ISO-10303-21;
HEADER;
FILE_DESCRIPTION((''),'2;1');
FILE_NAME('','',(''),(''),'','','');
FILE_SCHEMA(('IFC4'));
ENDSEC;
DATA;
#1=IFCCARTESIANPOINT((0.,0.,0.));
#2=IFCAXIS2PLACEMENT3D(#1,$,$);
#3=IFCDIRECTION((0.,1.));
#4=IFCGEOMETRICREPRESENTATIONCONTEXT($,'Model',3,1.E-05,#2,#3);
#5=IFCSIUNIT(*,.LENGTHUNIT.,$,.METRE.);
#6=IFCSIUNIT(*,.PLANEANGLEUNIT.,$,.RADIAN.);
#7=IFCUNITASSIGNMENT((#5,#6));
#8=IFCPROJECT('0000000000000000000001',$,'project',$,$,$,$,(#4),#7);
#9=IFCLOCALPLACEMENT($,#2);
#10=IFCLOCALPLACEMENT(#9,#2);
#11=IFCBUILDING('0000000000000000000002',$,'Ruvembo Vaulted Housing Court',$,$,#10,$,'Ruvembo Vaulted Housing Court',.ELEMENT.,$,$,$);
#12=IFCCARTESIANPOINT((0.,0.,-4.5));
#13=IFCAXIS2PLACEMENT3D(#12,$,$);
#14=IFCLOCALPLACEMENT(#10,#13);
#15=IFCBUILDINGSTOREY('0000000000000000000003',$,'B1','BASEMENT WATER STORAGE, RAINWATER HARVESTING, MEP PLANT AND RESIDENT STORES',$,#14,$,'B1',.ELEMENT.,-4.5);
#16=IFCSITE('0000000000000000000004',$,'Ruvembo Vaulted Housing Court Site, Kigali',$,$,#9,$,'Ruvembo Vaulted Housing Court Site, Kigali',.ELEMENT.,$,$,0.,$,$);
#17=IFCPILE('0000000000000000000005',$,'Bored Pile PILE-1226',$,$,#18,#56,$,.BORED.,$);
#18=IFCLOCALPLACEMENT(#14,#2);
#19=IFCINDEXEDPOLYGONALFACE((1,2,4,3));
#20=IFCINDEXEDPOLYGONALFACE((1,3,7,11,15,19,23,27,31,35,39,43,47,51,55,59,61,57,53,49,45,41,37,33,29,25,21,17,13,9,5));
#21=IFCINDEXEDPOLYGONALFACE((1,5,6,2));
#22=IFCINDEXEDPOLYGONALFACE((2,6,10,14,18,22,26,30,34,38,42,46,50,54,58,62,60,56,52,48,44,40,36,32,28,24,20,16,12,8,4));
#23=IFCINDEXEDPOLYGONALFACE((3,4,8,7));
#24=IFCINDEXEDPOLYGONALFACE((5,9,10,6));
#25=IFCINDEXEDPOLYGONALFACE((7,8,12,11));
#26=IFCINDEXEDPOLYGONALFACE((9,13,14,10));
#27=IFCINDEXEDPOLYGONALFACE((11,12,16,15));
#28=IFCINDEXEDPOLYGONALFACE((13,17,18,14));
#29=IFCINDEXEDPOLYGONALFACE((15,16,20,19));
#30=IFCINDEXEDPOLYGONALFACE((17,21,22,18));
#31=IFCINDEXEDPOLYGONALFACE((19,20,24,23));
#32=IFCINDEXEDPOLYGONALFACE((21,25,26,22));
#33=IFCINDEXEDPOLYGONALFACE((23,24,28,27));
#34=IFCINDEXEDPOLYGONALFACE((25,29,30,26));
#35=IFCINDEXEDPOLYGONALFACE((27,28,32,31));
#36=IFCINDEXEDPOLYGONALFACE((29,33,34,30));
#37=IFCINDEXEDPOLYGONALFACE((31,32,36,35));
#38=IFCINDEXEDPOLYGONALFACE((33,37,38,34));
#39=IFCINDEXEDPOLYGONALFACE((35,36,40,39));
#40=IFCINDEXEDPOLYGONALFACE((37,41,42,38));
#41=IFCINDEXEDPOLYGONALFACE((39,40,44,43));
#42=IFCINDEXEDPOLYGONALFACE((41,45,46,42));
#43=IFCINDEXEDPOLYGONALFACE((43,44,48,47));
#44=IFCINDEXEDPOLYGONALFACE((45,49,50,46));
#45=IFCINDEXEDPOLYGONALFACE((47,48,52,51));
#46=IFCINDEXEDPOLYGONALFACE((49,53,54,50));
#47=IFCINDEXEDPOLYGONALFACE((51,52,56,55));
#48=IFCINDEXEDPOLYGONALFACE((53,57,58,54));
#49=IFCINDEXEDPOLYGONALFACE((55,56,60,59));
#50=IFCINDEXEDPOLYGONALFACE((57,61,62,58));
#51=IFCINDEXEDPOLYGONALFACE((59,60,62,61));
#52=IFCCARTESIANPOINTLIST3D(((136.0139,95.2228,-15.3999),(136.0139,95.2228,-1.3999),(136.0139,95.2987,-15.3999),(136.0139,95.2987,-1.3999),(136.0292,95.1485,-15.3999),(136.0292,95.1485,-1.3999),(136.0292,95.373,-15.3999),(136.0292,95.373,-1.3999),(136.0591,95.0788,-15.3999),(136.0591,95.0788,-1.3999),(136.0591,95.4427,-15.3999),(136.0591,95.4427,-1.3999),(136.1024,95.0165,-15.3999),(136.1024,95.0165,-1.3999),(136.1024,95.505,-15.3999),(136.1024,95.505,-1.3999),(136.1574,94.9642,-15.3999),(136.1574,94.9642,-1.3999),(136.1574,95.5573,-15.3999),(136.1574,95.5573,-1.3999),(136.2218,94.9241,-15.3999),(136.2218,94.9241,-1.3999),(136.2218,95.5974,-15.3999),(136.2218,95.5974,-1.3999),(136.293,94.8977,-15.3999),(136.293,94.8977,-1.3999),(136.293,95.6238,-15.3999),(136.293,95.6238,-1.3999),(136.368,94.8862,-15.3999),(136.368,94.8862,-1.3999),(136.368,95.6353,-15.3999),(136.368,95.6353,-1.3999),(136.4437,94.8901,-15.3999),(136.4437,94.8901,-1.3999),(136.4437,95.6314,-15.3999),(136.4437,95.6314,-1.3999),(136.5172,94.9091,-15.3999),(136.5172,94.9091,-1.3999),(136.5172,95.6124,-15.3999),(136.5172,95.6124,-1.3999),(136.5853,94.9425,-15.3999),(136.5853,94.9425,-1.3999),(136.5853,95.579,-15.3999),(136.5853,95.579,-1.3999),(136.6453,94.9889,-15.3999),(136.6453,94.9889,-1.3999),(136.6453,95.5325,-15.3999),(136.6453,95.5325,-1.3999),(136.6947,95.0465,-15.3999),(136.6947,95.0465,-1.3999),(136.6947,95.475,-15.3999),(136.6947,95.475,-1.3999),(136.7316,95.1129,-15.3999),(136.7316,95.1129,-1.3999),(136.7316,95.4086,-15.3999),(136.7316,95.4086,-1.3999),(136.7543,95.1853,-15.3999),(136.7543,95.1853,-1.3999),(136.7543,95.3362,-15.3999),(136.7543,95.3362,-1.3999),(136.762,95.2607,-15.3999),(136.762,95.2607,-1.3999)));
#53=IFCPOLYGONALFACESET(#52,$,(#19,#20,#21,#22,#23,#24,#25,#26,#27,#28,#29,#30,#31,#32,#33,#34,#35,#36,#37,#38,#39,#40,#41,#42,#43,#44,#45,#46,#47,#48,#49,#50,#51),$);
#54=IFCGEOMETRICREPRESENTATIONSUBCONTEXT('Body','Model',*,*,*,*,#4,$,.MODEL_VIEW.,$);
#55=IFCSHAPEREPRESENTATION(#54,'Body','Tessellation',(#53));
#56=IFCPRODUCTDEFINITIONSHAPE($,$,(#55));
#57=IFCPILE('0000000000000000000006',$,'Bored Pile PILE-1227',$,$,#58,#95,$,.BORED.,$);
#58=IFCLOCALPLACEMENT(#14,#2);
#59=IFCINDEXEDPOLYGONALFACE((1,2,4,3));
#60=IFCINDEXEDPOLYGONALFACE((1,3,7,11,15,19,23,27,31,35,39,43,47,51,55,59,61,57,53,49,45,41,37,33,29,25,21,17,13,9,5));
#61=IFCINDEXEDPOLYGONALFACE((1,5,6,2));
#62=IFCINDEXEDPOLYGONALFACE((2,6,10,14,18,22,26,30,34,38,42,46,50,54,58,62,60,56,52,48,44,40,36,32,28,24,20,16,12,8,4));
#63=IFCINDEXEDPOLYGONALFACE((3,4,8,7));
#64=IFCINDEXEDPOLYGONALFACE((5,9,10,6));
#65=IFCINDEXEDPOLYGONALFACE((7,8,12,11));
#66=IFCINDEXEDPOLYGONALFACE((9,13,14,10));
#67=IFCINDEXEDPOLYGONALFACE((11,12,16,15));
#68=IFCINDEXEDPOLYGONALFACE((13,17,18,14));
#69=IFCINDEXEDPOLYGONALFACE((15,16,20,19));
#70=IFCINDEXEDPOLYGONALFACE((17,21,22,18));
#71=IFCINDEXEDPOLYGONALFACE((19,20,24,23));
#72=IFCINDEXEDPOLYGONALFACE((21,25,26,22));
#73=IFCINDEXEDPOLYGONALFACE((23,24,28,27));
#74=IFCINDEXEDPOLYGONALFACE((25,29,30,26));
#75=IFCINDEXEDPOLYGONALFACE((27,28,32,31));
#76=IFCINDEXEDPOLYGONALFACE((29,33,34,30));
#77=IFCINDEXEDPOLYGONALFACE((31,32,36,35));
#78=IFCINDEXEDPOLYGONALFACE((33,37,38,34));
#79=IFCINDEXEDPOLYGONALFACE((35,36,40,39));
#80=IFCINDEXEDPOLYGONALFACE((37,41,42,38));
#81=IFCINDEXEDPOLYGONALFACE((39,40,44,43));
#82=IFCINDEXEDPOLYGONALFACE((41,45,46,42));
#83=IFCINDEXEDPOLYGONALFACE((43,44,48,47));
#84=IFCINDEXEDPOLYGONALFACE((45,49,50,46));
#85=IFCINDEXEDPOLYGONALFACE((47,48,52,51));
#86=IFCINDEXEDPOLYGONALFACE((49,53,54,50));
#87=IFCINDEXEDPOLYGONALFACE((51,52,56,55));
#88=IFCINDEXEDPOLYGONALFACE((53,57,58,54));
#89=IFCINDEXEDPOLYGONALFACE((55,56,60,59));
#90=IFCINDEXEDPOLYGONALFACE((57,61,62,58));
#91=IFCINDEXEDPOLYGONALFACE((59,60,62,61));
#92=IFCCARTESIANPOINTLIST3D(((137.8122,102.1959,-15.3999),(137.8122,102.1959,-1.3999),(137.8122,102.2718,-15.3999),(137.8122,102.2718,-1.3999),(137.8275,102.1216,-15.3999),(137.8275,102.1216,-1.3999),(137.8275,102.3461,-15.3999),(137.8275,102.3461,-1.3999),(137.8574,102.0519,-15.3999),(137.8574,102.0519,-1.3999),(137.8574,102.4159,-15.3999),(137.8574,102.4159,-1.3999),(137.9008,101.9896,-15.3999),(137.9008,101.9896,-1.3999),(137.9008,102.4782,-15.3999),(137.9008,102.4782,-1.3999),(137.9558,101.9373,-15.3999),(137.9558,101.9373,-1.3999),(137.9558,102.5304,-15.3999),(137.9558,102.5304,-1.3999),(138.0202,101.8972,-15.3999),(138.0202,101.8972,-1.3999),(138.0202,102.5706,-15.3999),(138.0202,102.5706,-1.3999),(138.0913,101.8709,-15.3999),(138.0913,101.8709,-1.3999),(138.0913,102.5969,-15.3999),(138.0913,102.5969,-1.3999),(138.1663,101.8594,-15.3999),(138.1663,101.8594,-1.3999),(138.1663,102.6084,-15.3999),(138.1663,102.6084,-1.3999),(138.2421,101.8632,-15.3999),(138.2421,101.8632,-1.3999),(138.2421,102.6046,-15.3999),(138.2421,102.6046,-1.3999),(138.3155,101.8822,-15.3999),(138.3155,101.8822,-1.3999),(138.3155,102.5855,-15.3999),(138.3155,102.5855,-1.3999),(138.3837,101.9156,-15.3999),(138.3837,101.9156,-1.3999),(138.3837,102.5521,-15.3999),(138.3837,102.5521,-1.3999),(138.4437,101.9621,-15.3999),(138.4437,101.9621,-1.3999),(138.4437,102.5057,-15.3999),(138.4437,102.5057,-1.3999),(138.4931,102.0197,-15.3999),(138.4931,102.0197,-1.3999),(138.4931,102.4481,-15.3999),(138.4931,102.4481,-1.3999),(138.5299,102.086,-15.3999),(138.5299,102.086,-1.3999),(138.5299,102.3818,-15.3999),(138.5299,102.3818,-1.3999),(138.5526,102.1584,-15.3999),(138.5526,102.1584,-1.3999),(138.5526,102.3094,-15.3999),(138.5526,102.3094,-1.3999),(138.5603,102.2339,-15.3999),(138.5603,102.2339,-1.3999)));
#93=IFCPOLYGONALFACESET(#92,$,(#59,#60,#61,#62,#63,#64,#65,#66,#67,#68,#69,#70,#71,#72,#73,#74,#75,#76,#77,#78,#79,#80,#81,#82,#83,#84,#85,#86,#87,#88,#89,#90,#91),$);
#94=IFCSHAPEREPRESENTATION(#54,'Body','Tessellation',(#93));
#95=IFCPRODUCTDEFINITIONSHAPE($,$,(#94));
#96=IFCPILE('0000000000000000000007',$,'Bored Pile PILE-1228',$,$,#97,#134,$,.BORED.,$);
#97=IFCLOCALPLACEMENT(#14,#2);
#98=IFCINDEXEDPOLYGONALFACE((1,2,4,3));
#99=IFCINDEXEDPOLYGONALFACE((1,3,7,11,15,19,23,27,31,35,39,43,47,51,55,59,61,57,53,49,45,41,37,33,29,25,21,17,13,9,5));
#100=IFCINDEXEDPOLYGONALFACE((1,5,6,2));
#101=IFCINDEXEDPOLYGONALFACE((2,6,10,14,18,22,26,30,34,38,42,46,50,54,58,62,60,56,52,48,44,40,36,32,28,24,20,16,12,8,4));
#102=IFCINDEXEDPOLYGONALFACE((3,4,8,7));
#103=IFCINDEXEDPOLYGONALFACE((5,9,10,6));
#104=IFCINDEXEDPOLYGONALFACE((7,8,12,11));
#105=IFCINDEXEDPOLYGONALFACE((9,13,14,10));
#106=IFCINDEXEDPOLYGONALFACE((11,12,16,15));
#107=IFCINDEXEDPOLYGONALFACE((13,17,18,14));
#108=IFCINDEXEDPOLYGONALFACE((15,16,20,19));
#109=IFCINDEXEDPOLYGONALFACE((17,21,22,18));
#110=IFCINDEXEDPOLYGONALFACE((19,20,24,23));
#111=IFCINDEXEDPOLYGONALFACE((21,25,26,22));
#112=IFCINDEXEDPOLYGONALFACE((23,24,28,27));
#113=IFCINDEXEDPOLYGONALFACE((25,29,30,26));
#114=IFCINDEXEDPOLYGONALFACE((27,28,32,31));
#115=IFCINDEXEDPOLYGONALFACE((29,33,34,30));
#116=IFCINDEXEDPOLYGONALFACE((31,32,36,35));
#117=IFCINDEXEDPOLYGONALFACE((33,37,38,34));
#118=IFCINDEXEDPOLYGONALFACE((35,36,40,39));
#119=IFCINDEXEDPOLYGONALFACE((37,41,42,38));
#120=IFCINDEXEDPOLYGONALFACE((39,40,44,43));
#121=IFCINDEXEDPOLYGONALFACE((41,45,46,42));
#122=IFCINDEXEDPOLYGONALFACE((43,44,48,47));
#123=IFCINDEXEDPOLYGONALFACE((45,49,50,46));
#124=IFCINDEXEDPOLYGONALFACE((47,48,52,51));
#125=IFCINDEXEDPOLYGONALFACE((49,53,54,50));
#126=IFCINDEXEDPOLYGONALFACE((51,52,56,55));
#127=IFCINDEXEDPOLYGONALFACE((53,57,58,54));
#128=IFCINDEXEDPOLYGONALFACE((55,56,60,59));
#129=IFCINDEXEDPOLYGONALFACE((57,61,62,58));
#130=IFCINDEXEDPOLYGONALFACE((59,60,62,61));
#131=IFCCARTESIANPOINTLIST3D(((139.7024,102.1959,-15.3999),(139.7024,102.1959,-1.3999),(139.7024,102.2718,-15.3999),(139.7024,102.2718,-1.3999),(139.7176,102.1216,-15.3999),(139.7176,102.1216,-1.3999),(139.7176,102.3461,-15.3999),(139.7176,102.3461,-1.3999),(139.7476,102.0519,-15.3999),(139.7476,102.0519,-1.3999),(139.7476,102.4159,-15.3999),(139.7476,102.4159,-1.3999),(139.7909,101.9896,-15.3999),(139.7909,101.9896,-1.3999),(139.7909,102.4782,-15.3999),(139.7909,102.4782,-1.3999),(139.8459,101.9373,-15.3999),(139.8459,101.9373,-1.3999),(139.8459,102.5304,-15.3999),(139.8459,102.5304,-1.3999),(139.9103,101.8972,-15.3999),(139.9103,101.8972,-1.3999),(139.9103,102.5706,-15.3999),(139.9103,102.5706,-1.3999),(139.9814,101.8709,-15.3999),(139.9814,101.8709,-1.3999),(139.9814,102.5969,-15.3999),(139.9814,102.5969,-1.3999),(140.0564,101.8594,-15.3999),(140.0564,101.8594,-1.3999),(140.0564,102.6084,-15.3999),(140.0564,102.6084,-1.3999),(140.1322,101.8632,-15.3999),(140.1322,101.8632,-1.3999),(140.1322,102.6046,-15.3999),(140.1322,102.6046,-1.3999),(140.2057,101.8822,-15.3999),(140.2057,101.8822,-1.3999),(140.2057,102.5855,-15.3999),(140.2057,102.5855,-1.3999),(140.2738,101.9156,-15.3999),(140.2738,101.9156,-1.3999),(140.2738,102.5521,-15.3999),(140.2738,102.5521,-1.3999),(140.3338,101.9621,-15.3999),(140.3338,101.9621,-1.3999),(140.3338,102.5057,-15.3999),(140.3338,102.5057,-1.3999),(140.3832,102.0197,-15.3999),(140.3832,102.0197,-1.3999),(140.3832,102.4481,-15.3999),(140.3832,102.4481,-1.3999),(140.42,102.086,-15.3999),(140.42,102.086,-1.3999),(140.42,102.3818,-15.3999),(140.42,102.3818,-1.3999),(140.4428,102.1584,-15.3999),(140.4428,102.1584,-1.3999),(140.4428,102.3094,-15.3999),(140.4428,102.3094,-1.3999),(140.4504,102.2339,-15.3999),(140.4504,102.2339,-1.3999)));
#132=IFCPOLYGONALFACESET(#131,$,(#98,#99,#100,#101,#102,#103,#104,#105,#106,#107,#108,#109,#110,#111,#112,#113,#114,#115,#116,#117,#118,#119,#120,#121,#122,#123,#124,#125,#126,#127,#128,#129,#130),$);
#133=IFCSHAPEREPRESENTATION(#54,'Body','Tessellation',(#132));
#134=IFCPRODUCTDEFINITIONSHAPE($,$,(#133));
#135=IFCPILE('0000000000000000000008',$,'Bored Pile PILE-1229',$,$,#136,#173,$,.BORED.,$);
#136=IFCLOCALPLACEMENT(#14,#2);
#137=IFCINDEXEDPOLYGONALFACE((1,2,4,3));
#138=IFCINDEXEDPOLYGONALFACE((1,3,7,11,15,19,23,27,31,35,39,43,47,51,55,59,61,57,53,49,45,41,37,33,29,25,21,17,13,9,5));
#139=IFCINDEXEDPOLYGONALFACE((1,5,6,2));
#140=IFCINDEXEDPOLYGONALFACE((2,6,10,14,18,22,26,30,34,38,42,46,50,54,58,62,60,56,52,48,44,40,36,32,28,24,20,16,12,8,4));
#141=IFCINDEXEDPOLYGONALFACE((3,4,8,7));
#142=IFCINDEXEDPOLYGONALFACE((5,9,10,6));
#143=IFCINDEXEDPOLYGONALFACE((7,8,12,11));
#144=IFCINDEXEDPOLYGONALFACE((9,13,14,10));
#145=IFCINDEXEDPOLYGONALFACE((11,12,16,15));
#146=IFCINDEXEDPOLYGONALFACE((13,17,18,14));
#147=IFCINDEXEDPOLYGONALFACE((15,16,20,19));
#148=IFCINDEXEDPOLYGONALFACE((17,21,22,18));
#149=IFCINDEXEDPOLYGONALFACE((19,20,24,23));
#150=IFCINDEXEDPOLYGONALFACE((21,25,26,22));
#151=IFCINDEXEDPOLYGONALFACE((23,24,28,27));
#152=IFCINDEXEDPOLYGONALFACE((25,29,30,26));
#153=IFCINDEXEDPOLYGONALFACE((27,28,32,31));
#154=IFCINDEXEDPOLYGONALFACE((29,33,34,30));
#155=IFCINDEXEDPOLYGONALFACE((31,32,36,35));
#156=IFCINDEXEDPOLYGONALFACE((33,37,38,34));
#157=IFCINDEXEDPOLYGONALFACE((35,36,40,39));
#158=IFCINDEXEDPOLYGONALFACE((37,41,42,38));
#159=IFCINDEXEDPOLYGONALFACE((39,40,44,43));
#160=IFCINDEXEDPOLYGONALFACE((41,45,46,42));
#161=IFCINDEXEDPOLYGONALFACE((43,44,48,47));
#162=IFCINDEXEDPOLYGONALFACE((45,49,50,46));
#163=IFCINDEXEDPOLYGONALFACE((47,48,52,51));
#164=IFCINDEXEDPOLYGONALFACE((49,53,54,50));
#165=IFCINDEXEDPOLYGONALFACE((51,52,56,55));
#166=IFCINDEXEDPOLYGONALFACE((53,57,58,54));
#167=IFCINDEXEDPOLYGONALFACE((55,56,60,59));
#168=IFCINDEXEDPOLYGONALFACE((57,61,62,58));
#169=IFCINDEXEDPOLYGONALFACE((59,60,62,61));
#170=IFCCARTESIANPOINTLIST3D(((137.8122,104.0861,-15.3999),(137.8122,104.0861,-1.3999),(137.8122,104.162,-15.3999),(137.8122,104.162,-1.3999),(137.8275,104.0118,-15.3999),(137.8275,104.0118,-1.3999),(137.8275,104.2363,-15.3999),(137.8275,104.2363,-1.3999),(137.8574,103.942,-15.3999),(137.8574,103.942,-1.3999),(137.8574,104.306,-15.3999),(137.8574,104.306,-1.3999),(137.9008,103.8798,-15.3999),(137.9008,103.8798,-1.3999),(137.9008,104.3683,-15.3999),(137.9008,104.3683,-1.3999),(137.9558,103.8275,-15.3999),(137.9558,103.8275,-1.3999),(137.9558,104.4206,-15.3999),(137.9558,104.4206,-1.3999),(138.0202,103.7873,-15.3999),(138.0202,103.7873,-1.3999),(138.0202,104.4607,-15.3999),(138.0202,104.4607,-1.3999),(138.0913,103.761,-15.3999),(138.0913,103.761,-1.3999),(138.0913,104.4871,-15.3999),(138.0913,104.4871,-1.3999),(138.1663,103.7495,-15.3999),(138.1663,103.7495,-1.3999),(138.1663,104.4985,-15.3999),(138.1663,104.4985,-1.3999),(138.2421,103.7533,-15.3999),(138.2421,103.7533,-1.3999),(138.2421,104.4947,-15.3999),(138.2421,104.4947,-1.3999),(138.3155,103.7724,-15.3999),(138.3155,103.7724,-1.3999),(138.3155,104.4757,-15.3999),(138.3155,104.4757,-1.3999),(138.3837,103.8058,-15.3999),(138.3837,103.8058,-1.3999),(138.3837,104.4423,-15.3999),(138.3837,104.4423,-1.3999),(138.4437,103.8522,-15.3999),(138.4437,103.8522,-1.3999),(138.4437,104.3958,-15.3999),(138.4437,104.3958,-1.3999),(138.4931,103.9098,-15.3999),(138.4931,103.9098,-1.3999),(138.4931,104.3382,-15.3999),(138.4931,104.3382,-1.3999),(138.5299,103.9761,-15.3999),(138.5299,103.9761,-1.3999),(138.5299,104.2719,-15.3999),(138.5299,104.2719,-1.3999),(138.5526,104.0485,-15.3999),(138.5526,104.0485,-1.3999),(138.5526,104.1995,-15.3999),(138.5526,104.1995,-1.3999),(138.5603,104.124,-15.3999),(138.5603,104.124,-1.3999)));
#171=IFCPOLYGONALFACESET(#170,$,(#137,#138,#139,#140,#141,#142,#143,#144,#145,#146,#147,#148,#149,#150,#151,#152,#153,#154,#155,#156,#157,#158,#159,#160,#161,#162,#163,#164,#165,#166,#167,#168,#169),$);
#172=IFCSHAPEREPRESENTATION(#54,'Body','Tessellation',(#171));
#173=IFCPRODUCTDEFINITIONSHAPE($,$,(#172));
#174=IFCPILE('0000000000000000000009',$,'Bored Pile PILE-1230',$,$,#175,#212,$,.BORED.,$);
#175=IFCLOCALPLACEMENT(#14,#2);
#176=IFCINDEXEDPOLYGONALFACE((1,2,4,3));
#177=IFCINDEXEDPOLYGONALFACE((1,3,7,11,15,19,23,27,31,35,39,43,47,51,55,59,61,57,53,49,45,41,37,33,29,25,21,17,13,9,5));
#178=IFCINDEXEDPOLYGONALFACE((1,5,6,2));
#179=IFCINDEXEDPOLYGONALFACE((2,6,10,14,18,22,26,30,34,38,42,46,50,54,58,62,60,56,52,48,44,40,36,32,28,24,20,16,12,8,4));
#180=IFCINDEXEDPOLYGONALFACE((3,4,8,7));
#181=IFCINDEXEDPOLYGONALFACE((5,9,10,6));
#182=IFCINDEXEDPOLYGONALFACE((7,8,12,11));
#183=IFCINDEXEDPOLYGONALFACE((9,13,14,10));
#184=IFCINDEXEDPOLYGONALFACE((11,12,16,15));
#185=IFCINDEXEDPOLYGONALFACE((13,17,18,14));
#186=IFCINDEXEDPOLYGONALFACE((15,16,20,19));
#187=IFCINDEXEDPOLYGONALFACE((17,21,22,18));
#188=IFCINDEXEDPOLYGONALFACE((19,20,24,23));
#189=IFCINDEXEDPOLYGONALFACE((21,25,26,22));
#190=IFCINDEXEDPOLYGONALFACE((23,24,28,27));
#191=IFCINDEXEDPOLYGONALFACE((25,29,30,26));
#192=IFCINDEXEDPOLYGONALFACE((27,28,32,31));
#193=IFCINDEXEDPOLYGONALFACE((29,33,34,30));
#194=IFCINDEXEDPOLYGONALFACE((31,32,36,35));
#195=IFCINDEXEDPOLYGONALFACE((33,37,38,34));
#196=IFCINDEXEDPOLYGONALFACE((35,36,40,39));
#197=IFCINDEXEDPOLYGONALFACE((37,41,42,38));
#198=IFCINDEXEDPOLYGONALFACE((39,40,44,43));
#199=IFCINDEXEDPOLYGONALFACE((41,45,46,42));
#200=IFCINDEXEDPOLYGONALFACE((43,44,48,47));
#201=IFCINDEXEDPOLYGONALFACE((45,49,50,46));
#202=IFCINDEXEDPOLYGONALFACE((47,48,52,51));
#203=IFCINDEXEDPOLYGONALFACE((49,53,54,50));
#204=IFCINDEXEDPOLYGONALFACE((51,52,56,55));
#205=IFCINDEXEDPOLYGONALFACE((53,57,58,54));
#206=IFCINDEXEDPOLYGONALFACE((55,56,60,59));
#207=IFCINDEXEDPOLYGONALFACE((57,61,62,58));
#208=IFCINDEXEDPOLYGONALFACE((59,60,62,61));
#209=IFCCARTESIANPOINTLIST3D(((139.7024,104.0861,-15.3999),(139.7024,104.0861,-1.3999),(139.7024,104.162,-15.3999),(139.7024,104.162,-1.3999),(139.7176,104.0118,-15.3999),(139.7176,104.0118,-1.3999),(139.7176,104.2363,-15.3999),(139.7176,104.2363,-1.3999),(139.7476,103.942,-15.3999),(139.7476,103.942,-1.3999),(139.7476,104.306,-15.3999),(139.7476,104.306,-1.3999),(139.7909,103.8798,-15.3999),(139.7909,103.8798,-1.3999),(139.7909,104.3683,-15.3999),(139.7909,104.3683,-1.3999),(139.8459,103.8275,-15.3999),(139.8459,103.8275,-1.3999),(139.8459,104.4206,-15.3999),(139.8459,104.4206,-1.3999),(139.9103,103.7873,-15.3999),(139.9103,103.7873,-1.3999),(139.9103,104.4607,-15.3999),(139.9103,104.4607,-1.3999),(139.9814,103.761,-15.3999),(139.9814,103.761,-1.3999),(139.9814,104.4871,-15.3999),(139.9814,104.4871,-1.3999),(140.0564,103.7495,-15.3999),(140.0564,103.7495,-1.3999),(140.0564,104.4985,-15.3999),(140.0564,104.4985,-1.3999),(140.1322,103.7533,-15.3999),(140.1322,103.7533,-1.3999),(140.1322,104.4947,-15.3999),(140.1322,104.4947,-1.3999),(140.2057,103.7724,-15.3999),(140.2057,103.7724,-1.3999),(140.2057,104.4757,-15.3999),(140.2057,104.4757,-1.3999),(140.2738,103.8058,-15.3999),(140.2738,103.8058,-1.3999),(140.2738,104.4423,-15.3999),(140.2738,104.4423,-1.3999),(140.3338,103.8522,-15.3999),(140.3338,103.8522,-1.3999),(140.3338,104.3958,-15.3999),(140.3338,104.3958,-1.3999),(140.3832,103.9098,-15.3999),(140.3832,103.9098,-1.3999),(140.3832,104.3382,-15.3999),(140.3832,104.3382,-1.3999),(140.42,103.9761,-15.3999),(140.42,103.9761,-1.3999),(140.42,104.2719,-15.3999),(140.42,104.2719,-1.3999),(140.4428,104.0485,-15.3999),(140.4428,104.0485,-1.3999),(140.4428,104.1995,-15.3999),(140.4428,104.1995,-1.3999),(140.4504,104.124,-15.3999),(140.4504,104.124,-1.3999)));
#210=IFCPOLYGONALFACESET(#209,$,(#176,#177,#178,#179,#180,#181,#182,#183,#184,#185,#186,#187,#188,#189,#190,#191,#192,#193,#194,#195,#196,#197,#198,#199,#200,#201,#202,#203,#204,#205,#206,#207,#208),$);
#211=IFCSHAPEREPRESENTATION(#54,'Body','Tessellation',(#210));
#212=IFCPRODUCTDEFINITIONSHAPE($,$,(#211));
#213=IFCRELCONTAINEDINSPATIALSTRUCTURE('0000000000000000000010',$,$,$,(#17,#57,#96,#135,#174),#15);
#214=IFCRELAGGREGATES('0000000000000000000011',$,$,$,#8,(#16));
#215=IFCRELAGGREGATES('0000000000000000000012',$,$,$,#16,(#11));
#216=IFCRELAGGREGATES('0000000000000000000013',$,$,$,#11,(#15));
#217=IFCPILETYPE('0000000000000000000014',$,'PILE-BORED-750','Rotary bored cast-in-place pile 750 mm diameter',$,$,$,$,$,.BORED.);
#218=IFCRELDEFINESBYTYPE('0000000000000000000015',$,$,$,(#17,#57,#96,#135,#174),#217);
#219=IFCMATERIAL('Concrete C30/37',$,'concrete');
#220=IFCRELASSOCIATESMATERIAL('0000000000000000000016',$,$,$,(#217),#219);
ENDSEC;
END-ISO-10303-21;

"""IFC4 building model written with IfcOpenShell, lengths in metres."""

from ifc_helpers import new_model, si_unit, direction, frame, origin, origin_2d, place, context, subcontext, project, spatial, circle, extrude, material, material_profile, profile_set, type_object, element, save


model = new_model("IFC4")

# Units and contexts
model_context = context("Model", 3, precision=1e-05, world=origin(), true_north=direction((0.0, 1.0)))
body_context = subcontext(model_context, "Body", "Model", "MODEL_VIEW")
ifc_project = project(units=[si_unit("LENGTHUNIT", "METRE"), si_unit("PLANEANGLEUNIT", "RADIAN")], contexts=[model_context])

# Site, building, storey
site_placement = place(None, origin())
site = spatial("IfcSite", under=ifc_project, at=site_placement, Name="Ruvembo Vaulted Housing Court Site, Kigali", LongName="Ruvembo Vaulted Housing Court Site, Kigali", CompositionType="ELEMENT", RefElevation=0.0)
building_placement = place(site_placement, origin())
building = spatial("IfcBuilding", under=site, at=building_placement, Name="Ruvembo Vaulted Housing Court", LongName="Ruvembo Vaulted Housing Court", CompositionType="ELEMENT")
storey_placement = place(building_placement, frame((0.0, 0.0, -4.5)))
storey = spatial("IfcBuildingStorey", under=building, at=storey_placement, Name="B1", Description="BASEMENT WATER STORAGE, RAINWATER HARVESTING, MEP PLANT AND RESIDENT STORES", LongName="B1", CompositionType="ELEMENT", Elevation=-4.5)

# Piles
ifc_material_1 = material(Name="Concrete C30/37", Category="concrete")
ifc_material_profile_1 = material_profile(ifc_material_1, circle(Radius=0.375, at=origin_2d()), Name="PILE D750")
ifc_profile_set_1 = profile_set([ifc_material_profile_1], Name="Concrete C30/37")
pile_type_1 = type_object("IfcPileType", Name="PILE-BORED-750", Description="Rotary bored cast-in-place pile 750 mm diameter", PredefinedType="BORED", material=ifc_profile_set_1)
for number, where, z_axis, x_axis, name in (
    (1, (136.387, 95.2607, -1.3999), (0.0, 0.0, -1.0), (1.0, 0.0, 0.0), "Bored Pile PILE-1226"),
    (2, (138.1853, 102.2339, -1.3999), (0.0, 0.0, -1.0), (1.0, 0.0, 0.0), "Bored Pile PILE-1227"),
    (3, (140.0754, 102.2339, -1.3999), (0.0, 0.0, -1.0), (1.0, 0.0, 0.0), "Bored Pile PILE-1228"),
    (4, (138.1853, 104.124, -1.3999), (0.0, 0.0, -1.0), (1.0, 0.0, 0.0), "Bored Pile PILE-1229"),
    (5, (140.0754, 104.124, -1.3999), (0.0, 0.0, -1.0), (1.0, 0.0, 0.0), "Bored Pile PILE-1230"),
):
    element("IfcPile", number, at=place(storey_placement, frame(where, z_axis=z_axis, x_axis=x_axis)), inside=storey, type_object=pile_type_1, Name=name, PredefinedType="BORED", context=body_context, shape_type="SweptSolid", body=[
        extrude(circle(Radius=0.375, at=origin_2d()), origin(), (0.0, 0.0, 1.0), 14.0),
    ])

save(model, "model.ifc")
